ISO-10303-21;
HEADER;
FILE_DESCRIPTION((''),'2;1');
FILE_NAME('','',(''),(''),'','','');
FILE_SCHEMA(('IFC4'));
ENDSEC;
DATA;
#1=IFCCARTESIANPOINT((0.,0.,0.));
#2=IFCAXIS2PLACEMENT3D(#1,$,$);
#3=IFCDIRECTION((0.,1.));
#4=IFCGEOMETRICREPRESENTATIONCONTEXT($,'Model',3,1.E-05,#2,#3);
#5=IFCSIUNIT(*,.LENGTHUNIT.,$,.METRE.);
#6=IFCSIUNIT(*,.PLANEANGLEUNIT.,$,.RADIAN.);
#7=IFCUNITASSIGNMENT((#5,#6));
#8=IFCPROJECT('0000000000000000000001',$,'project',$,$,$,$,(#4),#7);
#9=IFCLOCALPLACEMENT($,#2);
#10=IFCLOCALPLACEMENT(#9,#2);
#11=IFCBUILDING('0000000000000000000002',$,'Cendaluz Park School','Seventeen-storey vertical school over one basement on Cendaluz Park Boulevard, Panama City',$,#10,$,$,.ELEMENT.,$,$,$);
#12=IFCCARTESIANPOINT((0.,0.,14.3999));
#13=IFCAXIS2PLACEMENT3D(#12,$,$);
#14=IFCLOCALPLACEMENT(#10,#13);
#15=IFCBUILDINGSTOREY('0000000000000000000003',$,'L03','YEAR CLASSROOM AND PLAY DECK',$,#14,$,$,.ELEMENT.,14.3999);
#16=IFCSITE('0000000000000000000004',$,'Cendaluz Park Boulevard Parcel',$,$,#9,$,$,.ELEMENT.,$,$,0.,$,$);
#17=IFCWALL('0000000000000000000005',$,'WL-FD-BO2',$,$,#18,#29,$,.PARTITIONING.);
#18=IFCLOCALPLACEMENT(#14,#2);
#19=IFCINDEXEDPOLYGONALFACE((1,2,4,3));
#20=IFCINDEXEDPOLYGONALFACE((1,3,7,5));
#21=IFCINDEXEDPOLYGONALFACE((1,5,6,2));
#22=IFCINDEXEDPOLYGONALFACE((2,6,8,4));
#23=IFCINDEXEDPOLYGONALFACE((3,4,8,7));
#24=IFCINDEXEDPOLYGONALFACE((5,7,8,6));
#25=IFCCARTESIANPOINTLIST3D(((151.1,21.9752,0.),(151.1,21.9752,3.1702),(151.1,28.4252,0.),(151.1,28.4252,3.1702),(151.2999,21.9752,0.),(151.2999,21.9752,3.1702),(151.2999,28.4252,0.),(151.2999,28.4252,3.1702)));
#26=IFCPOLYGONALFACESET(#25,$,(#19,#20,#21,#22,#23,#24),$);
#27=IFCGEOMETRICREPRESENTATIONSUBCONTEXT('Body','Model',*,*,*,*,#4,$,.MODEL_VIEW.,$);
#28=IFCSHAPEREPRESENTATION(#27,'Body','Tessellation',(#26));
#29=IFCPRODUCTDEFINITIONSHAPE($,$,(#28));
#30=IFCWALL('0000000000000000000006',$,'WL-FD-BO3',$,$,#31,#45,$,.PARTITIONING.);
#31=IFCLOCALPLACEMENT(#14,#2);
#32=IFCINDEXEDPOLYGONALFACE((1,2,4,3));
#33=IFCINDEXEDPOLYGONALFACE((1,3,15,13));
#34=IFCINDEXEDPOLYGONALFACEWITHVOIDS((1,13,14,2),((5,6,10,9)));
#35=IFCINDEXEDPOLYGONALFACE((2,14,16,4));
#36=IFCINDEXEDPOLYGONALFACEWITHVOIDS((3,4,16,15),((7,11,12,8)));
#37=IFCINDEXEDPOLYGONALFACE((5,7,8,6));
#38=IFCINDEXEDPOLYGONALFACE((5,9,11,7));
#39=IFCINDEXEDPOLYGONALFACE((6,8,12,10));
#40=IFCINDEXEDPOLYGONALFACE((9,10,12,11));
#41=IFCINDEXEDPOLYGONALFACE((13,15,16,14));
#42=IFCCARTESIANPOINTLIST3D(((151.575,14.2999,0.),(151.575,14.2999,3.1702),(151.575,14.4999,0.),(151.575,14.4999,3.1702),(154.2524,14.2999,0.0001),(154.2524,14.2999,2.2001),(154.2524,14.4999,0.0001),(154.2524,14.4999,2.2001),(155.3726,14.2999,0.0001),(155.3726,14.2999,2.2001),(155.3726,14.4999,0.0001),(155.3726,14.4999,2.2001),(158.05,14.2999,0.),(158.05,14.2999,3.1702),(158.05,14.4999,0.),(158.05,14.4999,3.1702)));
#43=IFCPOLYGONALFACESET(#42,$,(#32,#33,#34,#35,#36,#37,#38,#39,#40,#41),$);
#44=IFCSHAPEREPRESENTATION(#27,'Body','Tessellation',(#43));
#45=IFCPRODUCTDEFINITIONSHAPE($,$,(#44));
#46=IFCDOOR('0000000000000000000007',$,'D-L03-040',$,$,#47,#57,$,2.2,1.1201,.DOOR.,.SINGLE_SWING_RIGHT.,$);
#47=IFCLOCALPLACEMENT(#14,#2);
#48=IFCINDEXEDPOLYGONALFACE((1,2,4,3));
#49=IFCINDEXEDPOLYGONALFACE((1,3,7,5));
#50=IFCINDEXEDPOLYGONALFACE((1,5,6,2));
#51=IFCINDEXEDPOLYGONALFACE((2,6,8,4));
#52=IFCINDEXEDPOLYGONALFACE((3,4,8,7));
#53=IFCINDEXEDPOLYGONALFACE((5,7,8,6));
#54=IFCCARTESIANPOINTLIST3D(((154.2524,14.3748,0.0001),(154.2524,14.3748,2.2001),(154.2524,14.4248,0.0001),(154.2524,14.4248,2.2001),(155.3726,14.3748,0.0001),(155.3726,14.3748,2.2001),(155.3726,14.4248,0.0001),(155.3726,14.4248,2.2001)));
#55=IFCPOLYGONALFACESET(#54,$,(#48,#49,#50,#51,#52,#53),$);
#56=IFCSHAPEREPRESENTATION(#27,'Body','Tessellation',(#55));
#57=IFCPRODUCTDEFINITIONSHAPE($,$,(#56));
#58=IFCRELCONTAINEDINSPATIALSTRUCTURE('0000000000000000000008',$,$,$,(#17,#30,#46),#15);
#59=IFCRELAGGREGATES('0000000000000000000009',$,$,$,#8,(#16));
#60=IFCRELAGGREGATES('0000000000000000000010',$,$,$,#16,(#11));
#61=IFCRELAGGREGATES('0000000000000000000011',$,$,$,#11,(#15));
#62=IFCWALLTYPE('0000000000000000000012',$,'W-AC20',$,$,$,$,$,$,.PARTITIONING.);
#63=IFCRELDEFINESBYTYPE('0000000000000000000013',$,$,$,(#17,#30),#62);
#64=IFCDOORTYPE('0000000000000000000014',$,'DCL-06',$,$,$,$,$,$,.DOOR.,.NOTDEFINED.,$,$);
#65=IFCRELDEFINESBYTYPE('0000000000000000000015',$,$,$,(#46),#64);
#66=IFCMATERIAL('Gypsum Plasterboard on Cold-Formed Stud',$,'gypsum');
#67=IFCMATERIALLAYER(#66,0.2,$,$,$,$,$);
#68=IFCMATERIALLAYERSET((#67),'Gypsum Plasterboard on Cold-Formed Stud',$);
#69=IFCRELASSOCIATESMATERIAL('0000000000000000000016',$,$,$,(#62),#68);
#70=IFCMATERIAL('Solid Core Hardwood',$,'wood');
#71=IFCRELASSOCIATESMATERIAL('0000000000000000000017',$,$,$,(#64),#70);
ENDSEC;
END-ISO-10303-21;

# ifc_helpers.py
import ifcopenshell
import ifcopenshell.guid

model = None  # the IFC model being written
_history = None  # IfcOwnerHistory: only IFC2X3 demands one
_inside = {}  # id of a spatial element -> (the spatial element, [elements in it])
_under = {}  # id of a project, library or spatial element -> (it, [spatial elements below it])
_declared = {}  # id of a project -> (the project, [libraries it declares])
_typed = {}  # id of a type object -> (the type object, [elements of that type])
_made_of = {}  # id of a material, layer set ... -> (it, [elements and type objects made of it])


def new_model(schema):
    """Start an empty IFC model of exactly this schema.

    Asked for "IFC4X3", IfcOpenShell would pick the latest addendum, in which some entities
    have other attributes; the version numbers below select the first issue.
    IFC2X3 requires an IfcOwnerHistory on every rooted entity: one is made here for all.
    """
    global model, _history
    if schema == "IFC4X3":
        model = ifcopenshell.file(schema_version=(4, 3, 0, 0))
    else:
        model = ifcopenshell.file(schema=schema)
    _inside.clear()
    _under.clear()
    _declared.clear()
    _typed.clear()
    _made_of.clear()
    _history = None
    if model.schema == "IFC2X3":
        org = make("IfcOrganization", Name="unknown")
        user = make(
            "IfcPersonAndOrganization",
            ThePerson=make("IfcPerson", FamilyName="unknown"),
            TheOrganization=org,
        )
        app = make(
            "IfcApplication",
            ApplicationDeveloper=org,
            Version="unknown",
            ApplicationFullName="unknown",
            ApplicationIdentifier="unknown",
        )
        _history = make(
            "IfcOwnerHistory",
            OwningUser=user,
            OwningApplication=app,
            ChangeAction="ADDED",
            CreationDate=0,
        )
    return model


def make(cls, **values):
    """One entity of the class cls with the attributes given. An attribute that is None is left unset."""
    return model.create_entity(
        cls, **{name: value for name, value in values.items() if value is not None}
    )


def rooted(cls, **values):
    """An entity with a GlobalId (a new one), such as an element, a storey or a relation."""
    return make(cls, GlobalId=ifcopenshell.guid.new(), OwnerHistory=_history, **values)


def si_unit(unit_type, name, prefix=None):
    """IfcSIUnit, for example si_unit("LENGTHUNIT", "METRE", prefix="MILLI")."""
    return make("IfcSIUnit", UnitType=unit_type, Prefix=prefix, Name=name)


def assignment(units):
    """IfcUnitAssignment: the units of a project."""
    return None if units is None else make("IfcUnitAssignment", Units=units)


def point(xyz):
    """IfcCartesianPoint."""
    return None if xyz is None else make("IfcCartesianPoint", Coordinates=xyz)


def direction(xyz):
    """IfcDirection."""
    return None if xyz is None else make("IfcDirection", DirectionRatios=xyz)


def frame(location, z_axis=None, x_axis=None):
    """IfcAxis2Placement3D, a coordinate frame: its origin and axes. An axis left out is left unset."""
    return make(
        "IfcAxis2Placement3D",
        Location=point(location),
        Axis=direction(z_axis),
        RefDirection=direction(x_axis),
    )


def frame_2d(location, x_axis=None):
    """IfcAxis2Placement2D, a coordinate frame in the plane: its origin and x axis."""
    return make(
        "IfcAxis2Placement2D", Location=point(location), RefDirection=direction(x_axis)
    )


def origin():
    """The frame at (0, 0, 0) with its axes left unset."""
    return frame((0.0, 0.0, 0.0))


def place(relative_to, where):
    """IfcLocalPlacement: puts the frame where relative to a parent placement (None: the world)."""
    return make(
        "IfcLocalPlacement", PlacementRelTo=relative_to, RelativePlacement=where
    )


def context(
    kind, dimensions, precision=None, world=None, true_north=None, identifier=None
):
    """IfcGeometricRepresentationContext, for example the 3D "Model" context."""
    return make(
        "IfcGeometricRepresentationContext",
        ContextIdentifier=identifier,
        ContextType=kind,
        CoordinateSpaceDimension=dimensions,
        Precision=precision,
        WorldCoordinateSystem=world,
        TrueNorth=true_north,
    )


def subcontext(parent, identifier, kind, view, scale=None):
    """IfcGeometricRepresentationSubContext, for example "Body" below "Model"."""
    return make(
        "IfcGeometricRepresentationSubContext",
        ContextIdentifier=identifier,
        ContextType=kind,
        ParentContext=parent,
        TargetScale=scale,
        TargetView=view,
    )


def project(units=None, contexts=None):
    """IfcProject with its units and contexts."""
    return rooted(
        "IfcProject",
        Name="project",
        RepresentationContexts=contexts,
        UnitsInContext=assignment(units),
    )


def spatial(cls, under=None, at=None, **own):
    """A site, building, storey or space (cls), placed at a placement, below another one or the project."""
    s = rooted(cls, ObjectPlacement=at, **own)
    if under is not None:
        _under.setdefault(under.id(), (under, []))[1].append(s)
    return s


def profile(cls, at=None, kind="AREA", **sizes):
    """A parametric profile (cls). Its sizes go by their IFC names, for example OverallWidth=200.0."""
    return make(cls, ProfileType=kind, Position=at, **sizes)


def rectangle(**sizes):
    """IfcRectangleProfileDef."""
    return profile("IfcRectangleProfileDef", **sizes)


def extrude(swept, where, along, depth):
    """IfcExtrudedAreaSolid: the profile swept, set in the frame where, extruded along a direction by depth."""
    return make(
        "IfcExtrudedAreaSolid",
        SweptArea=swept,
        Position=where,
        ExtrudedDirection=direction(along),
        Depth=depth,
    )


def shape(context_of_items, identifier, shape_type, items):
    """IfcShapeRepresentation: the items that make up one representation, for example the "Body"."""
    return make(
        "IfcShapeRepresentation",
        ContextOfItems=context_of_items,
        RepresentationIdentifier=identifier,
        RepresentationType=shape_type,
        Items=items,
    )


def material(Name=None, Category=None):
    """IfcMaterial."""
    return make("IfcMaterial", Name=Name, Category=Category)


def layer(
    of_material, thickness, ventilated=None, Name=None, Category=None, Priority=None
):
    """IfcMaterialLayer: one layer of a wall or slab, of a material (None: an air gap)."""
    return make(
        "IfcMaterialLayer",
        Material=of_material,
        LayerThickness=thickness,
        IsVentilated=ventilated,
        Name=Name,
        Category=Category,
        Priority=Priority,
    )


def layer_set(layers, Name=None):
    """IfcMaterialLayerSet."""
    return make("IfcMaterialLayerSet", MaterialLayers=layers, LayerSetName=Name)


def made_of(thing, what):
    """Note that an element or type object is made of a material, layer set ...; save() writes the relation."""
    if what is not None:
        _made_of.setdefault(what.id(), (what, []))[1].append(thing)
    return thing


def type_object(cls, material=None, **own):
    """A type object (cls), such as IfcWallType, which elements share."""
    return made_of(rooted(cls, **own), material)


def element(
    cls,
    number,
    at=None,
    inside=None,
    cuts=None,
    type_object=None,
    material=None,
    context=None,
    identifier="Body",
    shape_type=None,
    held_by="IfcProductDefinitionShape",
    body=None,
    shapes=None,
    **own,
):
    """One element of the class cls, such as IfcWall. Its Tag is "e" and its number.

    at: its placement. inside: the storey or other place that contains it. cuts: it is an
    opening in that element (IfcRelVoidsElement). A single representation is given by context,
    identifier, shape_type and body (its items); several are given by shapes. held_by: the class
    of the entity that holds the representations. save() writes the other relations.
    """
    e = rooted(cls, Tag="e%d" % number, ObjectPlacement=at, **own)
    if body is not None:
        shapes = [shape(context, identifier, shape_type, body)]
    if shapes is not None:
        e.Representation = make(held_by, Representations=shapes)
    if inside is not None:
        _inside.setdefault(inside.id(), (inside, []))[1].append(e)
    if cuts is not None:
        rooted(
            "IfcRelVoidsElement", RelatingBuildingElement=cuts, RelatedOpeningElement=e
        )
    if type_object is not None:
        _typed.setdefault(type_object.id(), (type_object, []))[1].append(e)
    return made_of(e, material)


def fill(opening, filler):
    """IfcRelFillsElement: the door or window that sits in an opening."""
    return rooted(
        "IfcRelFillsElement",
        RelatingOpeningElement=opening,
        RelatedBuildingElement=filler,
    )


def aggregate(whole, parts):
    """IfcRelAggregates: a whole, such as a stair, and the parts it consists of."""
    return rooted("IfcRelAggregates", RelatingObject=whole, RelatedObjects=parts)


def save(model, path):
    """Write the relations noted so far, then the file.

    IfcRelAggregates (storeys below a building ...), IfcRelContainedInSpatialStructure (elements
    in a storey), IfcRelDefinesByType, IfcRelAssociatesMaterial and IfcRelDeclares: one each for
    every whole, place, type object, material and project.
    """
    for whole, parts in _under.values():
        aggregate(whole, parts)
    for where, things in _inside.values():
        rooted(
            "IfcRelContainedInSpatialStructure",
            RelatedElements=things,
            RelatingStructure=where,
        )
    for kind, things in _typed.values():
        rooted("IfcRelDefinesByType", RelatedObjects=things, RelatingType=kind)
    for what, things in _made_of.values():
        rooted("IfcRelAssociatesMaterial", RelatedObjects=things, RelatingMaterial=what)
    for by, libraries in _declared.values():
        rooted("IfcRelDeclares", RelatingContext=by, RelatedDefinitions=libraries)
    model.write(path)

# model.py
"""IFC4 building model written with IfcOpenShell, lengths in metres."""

from ifc_helpers import new_model, si_unit, direction, frame, frame_2d, origin, place, context, subcontext, project, spatial, rectangle, extrude, material, layer, layer_set, type_object, element, fill, save


model = new_model("IFC4")

# Units and contexts
model_context = context("Model", 3, precision=1e-05, world=origin(), true_north=direction((0.0, 1.0)))
body_context = subcontext(model_context, "Body", "Model", "MODEL_VIEW")
ifc_project = project(units=[si_unit("LENGTHUNIT", "METRE"), si_unit("PLANEANGLEUNIT", "RADIAN")], contexts=[model_context])

# Site, building, storey
site_placement = place(None, origin())
site = spatial("IfcSite", under=ifc_project, at=site_placement, Name="Cendaluz Park Boulevard Parcel", CompositionType="ELEMENT", RefElevation=0.0)
building_placement = place(site_placement, origin())
building = spatial("IfcBuilding", under=site, at=building_placement, Name="Cendaluz Park School", Description="Seventeen-storey vertical school over one basement on Cendaluz Park Boulevard, Panama City", CompositionType="ELEMENT")
storey_placement = place(building_placement, frame((0.0, 0.0, 14.3999)))
storey = spatial("IfcBuildingStorey", under=building, at=storey_placement, Name="L03", Description="YEAR CLASSROOM AND PLAY DECK", CompositionType="ELEMENT", Elevation=14.3999)

# Wall
ifc_material_1 = material(Name="Gypsum Plasterboard on Cold-Formed Stud", Category="gypsum")
ifc_layer_1 = layer(ifc_material_1, 0.2)
ifc_layer_set_1 = layer_set([ifc_layer_1], Name="Gypsum Plasterboard on Cold-Formed Stud")
wall_type = type_object("IfcWallType", Name="W-AC20", PredefinedType="PARTITIONING", material=ifc_layer_set_1)
wall_1_placement = place(storey_placement, frame((151.2, 21.9751, 0.0), z_axis=(0.0, 0.0, 1.0), x_axis=(0.0, 1.0, 0.0)))
element("IfcWall", 1, at=wall_1_placement, inside=storey, type_object=wall_type, Name="WL-FD-BO2", PredefinedType="PARTITIONING", context=body_context, shape_type="SweptSolid", body=[
    extrude(rectangle(XDim=6.45, YDim=0.2, at=frame_2d((3.2251, 0.0))), origin(), (0.0, 0.0, 1.0), 3.1702),
])

# Wall, opening, door
wall_2_placement = place(storey_placement, frame((151.575, 14.3999, 0.0), z_axis=(0.0, 0.0, 1.0), x_axis=(1.0, 0.0, 0.0)))
wall_2 = element("IfcWall", 2, at=wall_2_placement, inside=storey, type_object=wall_type, Name="WL-FD-BO3", PredefinedType="PARTITIONING", context=body_context, shape_type="SweptSolid", body=[
    extrude(rectangle(XDim=6.4751, YDim=0.2, at=frame_2d((3.2375, 0.0))), origin(), (0.0, 0.0, 1.0), 3.1702),
])
opening_placement = place(wall_2_placement, frame((2.6775, 0.0, 0.0)))
opening = element("IfcOpeningElement", 3, at=opening_placement, cuts=wall_2, PredefinedType="OPENING", context=body_context, shape_type="SweptSolid", body=[
    extrude(rectangle(XDim=1.1201, YDim=2.2, at=frame_2d((0.5601, 1.1001))), frame((0.0, 0.1121, 0.0), z_axis=(0.0, -1.0, 0.0), x_axis=(1.0, 0.0, 0.0)), (0.0, 0.0, 1.0), 0.2239),
])
ifc_material_2 = material(Name="Solid Core Hardwood", Category="wood")
door_type = type_object("IfcDoorType", Name="DCL-06", OperationType="NOTDEFINED", PredefinedType="DOOR", material=ifc_material_2)
door_placement = place(opening_placement, origin())
door = element("IfcDoor", 4, at=door_placement, inside=storey, type_object=door_type, Name="D-L03-040", OperationType="SINGLE_SWING_RIGHT", OverallHeight=2.2, OverallWidth=1.1201, PredefinedType="DOOR", context=body_context, shape_type="SweptSolid", body=[
    extrude(rectangle(XDim=1.1201, YDim=2.2, at=frame_2d((0.5601, 1.1001))), frame((0.0, 0.0249, 0.0), z_axis=(0.0, -1.0, 0.0), x_axis=(1.0, 0.0, 0.0)), (0.0, 0.0, 1.0), 0.05),
])
fill(opening, door)

save(model, "model.ifc")
